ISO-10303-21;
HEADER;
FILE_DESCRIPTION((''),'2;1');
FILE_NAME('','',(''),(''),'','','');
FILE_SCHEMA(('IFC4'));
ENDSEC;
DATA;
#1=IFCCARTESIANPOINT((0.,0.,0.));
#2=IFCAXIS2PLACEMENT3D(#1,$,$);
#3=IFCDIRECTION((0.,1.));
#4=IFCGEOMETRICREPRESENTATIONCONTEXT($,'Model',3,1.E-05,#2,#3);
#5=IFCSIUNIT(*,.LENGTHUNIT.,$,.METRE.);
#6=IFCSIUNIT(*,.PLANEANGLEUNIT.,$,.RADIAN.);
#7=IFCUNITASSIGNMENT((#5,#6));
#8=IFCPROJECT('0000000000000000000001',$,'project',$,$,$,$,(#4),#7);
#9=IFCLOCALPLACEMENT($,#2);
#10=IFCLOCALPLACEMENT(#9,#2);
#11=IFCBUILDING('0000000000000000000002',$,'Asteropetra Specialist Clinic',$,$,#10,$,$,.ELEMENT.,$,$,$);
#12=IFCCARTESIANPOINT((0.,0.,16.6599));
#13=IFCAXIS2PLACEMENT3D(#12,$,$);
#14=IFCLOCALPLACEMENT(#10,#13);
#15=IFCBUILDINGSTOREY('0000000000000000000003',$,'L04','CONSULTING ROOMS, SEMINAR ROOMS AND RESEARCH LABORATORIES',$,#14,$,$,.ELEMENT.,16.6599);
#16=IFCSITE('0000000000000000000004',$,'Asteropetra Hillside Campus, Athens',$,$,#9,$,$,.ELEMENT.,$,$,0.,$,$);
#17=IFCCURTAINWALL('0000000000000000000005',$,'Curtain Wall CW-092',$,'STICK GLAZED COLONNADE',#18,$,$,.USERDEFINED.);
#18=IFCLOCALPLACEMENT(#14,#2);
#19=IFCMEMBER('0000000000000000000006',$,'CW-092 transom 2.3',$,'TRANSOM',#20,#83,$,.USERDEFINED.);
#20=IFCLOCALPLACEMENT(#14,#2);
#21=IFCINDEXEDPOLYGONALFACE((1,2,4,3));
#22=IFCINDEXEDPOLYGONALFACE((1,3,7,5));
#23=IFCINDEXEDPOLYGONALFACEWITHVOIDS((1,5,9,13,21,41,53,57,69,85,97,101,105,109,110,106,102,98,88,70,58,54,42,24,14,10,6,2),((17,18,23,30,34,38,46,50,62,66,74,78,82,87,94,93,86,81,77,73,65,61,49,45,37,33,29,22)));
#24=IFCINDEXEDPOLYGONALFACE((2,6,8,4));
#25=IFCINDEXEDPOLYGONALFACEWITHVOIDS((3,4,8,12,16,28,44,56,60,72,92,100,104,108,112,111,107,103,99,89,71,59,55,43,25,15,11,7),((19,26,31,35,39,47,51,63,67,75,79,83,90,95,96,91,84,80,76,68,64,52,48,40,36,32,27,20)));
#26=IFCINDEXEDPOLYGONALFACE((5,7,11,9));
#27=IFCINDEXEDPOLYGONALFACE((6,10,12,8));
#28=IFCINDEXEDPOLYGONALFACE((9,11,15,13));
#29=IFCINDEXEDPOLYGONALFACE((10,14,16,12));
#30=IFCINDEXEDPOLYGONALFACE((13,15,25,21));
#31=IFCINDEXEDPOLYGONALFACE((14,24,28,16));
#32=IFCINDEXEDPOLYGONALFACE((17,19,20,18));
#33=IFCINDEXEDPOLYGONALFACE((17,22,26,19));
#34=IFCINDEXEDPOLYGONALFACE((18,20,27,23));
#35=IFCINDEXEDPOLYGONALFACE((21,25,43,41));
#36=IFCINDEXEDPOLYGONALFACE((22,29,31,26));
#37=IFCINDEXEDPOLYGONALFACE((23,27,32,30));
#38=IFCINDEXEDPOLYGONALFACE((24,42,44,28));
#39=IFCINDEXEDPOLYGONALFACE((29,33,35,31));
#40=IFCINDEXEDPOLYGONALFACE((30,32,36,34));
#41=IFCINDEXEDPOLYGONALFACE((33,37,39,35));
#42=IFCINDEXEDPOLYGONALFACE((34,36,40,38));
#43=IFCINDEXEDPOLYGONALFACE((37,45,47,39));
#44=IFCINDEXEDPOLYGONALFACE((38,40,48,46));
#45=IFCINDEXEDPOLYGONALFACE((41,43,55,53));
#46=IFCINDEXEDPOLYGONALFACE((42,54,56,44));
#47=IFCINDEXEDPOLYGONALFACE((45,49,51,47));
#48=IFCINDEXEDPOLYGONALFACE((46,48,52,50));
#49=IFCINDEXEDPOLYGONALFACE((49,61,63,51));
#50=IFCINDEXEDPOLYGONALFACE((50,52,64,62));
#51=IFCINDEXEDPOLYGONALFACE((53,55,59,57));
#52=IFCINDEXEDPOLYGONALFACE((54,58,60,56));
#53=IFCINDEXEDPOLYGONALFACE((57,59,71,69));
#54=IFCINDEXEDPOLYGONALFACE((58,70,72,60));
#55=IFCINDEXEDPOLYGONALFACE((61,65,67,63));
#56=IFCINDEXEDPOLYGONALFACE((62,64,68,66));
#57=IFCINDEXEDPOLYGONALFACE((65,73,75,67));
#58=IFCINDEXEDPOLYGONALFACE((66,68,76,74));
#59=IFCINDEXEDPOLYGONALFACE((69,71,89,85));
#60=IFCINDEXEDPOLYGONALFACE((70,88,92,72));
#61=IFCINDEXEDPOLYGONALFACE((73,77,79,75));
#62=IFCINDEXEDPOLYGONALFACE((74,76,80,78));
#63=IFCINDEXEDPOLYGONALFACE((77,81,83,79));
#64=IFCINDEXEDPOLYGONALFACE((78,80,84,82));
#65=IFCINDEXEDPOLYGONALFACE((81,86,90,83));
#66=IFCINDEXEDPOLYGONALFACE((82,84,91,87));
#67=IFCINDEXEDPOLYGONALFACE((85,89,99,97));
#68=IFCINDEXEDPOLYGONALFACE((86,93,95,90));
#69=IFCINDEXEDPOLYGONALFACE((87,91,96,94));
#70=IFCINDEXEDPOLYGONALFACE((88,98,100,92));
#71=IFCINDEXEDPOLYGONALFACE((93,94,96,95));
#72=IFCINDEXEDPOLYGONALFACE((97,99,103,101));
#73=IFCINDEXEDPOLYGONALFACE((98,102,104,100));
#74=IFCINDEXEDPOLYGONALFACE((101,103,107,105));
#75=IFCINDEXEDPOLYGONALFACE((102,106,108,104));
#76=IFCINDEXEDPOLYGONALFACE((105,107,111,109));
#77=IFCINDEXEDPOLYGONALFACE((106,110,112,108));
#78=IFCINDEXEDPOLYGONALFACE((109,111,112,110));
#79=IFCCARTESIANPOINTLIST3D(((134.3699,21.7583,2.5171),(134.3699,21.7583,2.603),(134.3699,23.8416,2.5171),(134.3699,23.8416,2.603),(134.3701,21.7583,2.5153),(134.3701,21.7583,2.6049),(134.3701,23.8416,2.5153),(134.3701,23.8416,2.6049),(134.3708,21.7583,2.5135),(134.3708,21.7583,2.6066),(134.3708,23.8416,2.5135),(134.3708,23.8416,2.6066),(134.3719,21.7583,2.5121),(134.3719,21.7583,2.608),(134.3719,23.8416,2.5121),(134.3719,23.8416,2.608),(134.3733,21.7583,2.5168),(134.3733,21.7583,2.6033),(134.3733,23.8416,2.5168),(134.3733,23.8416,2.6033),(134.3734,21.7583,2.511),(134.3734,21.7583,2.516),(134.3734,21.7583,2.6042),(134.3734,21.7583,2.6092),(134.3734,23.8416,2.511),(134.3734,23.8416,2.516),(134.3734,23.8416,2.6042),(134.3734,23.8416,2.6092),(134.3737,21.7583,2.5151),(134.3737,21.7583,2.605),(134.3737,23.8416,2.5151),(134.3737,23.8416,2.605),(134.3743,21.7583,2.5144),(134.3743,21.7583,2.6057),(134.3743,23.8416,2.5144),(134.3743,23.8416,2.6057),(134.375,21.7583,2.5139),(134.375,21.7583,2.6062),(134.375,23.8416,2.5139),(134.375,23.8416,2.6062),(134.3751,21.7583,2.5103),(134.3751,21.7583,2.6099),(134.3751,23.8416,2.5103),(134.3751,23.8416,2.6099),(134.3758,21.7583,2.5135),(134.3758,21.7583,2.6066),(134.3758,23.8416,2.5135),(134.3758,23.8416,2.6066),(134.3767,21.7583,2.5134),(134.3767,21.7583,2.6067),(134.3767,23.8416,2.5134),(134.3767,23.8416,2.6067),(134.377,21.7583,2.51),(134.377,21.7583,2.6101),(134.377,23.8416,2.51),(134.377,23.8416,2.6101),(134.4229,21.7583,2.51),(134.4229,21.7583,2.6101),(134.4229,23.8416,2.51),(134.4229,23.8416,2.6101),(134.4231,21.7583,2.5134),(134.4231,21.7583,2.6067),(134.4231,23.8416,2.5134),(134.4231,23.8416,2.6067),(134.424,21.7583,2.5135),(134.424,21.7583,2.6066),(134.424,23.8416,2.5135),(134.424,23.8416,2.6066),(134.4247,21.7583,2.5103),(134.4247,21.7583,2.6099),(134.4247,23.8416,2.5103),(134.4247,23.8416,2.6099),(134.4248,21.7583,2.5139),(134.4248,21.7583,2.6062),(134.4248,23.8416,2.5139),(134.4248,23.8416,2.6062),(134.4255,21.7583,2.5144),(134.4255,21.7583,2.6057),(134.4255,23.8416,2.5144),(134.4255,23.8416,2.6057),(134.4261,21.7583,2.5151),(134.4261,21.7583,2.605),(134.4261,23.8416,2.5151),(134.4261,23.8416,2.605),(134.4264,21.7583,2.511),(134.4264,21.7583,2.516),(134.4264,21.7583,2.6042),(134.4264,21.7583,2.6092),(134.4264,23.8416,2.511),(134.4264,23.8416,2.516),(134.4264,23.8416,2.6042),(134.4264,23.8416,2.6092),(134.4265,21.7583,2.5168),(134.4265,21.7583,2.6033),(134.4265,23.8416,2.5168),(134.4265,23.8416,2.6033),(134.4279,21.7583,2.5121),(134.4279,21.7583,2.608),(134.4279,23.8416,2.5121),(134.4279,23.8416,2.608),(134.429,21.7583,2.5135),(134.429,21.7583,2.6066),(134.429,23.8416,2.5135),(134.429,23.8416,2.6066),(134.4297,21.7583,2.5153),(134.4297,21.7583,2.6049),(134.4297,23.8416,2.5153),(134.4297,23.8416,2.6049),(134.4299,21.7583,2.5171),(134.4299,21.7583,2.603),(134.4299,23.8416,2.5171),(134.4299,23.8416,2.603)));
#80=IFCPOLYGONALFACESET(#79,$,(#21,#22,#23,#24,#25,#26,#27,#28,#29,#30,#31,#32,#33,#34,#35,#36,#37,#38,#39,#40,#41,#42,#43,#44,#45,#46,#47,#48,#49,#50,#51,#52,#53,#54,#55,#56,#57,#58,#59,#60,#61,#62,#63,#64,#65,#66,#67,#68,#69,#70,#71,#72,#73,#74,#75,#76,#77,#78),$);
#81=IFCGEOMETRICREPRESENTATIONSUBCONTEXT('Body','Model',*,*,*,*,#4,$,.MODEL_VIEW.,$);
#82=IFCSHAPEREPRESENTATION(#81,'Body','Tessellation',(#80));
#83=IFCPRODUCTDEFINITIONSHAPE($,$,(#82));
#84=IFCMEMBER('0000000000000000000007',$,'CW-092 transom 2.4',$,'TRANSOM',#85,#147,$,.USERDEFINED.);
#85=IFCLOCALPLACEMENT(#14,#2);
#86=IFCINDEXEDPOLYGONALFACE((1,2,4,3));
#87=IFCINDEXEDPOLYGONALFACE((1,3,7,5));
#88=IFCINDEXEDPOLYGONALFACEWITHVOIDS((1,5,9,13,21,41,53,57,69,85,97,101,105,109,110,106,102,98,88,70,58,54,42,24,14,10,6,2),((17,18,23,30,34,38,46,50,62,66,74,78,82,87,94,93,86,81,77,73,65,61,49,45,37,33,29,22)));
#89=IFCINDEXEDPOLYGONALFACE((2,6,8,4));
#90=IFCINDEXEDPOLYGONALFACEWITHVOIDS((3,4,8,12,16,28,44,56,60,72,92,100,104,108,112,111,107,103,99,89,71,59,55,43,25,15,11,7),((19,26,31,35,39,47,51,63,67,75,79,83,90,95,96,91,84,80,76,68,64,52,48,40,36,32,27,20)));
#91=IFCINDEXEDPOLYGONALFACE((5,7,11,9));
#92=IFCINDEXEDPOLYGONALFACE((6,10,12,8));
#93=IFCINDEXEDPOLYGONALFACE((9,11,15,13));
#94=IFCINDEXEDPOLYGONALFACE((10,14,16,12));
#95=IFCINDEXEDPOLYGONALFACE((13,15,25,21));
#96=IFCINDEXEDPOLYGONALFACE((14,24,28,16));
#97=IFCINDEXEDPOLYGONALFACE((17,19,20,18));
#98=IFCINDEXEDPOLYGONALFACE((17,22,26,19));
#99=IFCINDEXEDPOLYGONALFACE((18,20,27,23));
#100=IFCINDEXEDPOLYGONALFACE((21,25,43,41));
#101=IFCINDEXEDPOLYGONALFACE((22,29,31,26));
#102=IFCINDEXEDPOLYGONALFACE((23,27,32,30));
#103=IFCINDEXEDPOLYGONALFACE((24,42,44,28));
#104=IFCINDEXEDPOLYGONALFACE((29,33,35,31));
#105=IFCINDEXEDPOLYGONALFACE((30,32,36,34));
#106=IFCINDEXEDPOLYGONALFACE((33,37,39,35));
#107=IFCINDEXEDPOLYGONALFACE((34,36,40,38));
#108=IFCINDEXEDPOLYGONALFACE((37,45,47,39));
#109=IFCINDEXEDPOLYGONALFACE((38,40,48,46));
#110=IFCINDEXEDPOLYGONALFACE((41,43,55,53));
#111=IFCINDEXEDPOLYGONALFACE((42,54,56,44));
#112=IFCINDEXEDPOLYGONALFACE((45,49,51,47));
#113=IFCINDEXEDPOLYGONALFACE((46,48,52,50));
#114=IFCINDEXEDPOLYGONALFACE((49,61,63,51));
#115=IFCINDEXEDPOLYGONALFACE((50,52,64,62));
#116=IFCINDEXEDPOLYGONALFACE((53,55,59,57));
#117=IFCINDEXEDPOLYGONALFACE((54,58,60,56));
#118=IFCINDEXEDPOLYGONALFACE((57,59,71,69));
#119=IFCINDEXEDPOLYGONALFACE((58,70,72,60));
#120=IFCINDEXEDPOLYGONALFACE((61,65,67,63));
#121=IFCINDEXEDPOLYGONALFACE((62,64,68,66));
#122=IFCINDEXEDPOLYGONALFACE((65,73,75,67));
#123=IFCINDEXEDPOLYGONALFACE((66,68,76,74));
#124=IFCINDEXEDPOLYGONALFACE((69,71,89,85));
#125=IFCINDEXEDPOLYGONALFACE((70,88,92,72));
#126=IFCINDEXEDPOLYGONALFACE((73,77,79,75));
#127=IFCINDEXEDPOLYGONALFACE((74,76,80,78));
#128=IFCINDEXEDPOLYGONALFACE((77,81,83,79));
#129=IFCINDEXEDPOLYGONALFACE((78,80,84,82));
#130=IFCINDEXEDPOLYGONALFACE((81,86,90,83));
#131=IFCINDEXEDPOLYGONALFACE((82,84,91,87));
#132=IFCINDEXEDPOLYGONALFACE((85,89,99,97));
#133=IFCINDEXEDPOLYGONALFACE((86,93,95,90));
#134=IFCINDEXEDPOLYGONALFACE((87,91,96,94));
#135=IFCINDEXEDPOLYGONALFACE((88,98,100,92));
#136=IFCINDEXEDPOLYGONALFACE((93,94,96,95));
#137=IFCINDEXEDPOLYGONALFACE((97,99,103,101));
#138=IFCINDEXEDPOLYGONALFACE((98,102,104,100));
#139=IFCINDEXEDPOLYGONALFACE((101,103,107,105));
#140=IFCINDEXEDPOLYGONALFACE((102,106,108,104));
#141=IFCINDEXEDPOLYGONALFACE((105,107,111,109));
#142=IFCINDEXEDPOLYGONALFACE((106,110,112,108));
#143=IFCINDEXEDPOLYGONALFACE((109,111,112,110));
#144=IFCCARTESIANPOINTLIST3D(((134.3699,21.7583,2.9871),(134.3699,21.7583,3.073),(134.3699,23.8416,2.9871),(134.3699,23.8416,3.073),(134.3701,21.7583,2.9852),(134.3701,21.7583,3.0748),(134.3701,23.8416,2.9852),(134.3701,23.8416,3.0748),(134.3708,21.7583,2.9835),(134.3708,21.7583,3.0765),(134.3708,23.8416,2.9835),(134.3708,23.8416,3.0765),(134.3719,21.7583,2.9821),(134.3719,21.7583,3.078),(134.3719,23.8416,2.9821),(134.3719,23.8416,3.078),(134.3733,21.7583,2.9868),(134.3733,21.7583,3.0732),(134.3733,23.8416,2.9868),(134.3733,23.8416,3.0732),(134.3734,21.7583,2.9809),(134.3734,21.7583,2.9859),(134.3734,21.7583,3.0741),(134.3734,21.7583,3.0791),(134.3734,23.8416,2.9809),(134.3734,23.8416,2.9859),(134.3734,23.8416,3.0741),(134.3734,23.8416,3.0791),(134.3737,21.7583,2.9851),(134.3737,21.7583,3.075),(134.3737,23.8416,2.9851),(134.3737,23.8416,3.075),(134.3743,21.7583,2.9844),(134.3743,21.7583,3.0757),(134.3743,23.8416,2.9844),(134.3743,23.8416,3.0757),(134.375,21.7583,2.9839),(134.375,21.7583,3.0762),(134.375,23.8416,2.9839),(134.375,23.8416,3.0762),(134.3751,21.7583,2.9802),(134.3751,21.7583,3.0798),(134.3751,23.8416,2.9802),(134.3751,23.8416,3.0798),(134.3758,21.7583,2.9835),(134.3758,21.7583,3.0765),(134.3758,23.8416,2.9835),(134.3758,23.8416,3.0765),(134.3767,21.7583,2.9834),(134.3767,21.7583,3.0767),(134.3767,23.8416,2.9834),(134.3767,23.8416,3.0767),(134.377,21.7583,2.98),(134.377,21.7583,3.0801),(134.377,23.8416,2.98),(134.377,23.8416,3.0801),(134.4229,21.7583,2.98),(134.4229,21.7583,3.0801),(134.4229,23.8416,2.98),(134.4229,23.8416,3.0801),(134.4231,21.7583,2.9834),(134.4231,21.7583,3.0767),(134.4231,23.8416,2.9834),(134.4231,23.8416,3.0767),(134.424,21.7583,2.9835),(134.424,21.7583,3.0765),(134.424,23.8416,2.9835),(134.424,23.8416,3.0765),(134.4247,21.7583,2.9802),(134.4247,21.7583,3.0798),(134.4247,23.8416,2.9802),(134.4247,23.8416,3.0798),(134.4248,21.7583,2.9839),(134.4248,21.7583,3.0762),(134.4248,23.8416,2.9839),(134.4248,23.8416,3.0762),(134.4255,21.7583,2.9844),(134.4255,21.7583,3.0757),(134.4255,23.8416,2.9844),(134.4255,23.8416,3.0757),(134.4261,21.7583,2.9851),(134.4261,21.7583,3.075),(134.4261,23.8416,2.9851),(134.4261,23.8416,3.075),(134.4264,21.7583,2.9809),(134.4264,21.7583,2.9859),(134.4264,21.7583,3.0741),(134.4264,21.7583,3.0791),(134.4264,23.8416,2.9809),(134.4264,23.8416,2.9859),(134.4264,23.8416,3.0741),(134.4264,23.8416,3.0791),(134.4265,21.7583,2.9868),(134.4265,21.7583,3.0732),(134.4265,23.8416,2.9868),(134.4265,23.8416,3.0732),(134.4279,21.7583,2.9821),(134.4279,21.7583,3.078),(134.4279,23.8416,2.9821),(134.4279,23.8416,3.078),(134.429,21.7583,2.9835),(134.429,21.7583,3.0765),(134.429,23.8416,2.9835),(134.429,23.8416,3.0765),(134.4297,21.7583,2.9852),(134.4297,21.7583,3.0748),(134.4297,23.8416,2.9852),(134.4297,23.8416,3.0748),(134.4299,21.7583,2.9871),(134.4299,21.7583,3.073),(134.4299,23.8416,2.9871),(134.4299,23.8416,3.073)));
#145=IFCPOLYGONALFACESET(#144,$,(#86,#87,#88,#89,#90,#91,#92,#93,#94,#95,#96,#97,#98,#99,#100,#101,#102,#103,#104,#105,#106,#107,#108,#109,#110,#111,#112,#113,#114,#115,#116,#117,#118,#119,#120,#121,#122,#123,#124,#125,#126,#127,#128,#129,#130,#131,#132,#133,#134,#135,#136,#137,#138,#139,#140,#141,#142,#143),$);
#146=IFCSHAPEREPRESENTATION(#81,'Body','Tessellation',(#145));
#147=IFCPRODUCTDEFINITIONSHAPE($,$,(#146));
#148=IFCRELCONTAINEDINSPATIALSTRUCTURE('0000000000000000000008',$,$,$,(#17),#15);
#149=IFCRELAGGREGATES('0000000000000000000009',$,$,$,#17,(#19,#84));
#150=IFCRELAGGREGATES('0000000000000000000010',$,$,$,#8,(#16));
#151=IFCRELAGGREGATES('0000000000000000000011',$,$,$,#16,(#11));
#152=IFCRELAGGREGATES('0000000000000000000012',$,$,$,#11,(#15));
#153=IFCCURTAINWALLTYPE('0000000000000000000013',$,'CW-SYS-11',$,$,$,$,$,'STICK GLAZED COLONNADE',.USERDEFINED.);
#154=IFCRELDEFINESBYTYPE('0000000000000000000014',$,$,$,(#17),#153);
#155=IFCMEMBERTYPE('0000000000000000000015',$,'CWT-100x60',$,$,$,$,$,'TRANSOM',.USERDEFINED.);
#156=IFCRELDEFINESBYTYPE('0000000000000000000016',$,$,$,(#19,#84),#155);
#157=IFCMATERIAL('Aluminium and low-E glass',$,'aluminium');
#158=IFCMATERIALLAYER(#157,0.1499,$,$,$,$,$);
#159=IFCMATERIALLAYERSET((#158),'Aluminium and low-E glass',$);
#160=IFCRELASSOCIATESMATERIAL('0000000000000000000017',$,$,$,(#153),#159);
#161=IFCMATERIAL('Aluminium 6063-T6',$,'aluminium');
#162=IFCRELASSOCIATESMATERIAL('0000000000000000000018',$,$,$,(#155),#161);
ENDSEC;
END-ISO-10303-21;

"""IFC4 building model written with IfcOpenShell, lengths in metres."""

from ifc_helpers import new_model, si_unit, direction, frame, origin, origin_2d, place, context, subcontext, project, spatial, hollow_rectangle, extrude, material, layer, layer_set, material_profile, profile_set, type_object, element, aggregate, save


model = new_model("IFC4")

# Units and contexts
model_context = context("Model", 3, precision=1e-05, world=origin(), true_north=direction((0.0, 1.0)))
body_context = subcontext(model_context, "Body", "Model", "MODEL_VIEW")
ifc_project = project(units=[si_unit("LENGTHUNIT", "METRE"), si_unit("PLANEANGLEUNIT", "RADIAN")], contexts=[model_context])

# Site, building, storey
site_placement = place(None, origin())
site = spatial("IfcSite", under=ifc_project, at=site_placement, Name="Asteropetra Hillside Campus, Athens", CompositionType="ELEMENT", RefElevation=0.0)
building_placement = place(site_placement, origin())
building = spatial("IfcBuilding", under=site, at=building_placement, Name="Asteropetra Specialist Clinic", CompositionType="ELEMENT")
storey_placement = place(building_placement, frame((0.0, 0.0, 16.6599)))
storey = spatial("IfcBuildingStorey", under=building, at=storey_placement, Name="L04", Description="CONSULTING ROOMS, SEMINAR ROOMS AND RESEARCH LABORATORIES", CompositionType="ELEMENT", Elevation=16.6599)

# Curtain wall, members
ifc_material_1 = material(Name="Aluminium and low-E glass", Category="aluminium")
ifc_layer_1 = layer(ifc_material_1, 0.1499)
ifc_layer_set_1 = layer_set([ifc_layer_1], Name="Aluminium and low-E glass")
curtain_wall_type_1 = type_object("IfcCurtainWallType", Name="CW-SYS-11", ElementType="STICK GLAZED COLONNADE", PredefinedType="USERDEFINED", material=ifc_layer_set_1)
curtain_wall_1_placement = place(storey_placement, origin())
curtain_wall_1 = element("IfcCurtainWall", 1, at=curtain_wall_1_placement, inside=storey, type_object=curtain_wall_type_1, Name="Curtain Wall CW-092", ObjectType="STICK GLAZED COLONNADE", PredefinedType="USERDEFINED")
ifc_material_2 = material(Name="Aluminium 6063-T6", Category="aluminium")
ifc_material_profile_1 = material_profile(ifc_material_2, hollow_rectangle(XDim=0.0601, YDim=0.1001, WallThickness=0.0034, InnerFilletRadius=0.0034, OuterFilletRadius=0.0071, at=origin_2d()), Name="TRN 100x60x3.5")
ifc_profile_set_1 = profile_set([ifc_material_profile_1], Name="Aluminium 6063-T6")
member_type_1 = type_object("IfcMemberType", Name="CWT-100x60", ElementType="TRANSOM", PredefinedType="USERDEFINED", material=ifc_profile_set_1)
member_1_placement = place(storey_placement, frame((134.3999, 21.7583, 2.5601), z_axis=(0.0, 1.0, 0.0), x_axis=(-1.0, 0.0, 0.0)))
member_1 = element("IfcMember", 2, at=member_1_placement, type_object=member_type_1, Name="CW-092 transom 2.3", ObjectType="TRANSOM", PredefinedType="USERDEFINED", context=body_context, shape_type="SweptSolid", body=[
    extrude(hollow_rectangle(XDim=0.0601, YDim=0.1001, WallThickness=0.0034, InnerFilletRadius=0.0034, OuterFilletRadius=0.0071, at=origin_2d()), origin(), (0.0, 0.0, 1.0), 2.0833),
])
member_2_placement = place(storey_placement, frame((134.3999, 21.7583, 3.03), z_axis=(0.0, 1.0, 0.0), x_axis=(-1.0, 0.0, 0.0)))
member_2 = element("IfcMember", 3, at=member_2_placement, type_object=member_type_1, Name="CW-092 transom 2.4", ObjectType="TRANSOM", PredefinedType="USERDEFINED", context=body_context, shape_type="SweptSolid", body=[
    extrude(hollow_rectangle(XDim=0.0601, YDim=0.1001, WallThickness=0.0034, InnerFilletRadius=0.0034, OuterFilletRadius=0.0071, at=origin_2d()), origin(), (0.0, 0.0, 1.0), 2.0833),
])

aggregate(curtain_wall_1, [member_1, member_2])

save(model, "model.ifc")
